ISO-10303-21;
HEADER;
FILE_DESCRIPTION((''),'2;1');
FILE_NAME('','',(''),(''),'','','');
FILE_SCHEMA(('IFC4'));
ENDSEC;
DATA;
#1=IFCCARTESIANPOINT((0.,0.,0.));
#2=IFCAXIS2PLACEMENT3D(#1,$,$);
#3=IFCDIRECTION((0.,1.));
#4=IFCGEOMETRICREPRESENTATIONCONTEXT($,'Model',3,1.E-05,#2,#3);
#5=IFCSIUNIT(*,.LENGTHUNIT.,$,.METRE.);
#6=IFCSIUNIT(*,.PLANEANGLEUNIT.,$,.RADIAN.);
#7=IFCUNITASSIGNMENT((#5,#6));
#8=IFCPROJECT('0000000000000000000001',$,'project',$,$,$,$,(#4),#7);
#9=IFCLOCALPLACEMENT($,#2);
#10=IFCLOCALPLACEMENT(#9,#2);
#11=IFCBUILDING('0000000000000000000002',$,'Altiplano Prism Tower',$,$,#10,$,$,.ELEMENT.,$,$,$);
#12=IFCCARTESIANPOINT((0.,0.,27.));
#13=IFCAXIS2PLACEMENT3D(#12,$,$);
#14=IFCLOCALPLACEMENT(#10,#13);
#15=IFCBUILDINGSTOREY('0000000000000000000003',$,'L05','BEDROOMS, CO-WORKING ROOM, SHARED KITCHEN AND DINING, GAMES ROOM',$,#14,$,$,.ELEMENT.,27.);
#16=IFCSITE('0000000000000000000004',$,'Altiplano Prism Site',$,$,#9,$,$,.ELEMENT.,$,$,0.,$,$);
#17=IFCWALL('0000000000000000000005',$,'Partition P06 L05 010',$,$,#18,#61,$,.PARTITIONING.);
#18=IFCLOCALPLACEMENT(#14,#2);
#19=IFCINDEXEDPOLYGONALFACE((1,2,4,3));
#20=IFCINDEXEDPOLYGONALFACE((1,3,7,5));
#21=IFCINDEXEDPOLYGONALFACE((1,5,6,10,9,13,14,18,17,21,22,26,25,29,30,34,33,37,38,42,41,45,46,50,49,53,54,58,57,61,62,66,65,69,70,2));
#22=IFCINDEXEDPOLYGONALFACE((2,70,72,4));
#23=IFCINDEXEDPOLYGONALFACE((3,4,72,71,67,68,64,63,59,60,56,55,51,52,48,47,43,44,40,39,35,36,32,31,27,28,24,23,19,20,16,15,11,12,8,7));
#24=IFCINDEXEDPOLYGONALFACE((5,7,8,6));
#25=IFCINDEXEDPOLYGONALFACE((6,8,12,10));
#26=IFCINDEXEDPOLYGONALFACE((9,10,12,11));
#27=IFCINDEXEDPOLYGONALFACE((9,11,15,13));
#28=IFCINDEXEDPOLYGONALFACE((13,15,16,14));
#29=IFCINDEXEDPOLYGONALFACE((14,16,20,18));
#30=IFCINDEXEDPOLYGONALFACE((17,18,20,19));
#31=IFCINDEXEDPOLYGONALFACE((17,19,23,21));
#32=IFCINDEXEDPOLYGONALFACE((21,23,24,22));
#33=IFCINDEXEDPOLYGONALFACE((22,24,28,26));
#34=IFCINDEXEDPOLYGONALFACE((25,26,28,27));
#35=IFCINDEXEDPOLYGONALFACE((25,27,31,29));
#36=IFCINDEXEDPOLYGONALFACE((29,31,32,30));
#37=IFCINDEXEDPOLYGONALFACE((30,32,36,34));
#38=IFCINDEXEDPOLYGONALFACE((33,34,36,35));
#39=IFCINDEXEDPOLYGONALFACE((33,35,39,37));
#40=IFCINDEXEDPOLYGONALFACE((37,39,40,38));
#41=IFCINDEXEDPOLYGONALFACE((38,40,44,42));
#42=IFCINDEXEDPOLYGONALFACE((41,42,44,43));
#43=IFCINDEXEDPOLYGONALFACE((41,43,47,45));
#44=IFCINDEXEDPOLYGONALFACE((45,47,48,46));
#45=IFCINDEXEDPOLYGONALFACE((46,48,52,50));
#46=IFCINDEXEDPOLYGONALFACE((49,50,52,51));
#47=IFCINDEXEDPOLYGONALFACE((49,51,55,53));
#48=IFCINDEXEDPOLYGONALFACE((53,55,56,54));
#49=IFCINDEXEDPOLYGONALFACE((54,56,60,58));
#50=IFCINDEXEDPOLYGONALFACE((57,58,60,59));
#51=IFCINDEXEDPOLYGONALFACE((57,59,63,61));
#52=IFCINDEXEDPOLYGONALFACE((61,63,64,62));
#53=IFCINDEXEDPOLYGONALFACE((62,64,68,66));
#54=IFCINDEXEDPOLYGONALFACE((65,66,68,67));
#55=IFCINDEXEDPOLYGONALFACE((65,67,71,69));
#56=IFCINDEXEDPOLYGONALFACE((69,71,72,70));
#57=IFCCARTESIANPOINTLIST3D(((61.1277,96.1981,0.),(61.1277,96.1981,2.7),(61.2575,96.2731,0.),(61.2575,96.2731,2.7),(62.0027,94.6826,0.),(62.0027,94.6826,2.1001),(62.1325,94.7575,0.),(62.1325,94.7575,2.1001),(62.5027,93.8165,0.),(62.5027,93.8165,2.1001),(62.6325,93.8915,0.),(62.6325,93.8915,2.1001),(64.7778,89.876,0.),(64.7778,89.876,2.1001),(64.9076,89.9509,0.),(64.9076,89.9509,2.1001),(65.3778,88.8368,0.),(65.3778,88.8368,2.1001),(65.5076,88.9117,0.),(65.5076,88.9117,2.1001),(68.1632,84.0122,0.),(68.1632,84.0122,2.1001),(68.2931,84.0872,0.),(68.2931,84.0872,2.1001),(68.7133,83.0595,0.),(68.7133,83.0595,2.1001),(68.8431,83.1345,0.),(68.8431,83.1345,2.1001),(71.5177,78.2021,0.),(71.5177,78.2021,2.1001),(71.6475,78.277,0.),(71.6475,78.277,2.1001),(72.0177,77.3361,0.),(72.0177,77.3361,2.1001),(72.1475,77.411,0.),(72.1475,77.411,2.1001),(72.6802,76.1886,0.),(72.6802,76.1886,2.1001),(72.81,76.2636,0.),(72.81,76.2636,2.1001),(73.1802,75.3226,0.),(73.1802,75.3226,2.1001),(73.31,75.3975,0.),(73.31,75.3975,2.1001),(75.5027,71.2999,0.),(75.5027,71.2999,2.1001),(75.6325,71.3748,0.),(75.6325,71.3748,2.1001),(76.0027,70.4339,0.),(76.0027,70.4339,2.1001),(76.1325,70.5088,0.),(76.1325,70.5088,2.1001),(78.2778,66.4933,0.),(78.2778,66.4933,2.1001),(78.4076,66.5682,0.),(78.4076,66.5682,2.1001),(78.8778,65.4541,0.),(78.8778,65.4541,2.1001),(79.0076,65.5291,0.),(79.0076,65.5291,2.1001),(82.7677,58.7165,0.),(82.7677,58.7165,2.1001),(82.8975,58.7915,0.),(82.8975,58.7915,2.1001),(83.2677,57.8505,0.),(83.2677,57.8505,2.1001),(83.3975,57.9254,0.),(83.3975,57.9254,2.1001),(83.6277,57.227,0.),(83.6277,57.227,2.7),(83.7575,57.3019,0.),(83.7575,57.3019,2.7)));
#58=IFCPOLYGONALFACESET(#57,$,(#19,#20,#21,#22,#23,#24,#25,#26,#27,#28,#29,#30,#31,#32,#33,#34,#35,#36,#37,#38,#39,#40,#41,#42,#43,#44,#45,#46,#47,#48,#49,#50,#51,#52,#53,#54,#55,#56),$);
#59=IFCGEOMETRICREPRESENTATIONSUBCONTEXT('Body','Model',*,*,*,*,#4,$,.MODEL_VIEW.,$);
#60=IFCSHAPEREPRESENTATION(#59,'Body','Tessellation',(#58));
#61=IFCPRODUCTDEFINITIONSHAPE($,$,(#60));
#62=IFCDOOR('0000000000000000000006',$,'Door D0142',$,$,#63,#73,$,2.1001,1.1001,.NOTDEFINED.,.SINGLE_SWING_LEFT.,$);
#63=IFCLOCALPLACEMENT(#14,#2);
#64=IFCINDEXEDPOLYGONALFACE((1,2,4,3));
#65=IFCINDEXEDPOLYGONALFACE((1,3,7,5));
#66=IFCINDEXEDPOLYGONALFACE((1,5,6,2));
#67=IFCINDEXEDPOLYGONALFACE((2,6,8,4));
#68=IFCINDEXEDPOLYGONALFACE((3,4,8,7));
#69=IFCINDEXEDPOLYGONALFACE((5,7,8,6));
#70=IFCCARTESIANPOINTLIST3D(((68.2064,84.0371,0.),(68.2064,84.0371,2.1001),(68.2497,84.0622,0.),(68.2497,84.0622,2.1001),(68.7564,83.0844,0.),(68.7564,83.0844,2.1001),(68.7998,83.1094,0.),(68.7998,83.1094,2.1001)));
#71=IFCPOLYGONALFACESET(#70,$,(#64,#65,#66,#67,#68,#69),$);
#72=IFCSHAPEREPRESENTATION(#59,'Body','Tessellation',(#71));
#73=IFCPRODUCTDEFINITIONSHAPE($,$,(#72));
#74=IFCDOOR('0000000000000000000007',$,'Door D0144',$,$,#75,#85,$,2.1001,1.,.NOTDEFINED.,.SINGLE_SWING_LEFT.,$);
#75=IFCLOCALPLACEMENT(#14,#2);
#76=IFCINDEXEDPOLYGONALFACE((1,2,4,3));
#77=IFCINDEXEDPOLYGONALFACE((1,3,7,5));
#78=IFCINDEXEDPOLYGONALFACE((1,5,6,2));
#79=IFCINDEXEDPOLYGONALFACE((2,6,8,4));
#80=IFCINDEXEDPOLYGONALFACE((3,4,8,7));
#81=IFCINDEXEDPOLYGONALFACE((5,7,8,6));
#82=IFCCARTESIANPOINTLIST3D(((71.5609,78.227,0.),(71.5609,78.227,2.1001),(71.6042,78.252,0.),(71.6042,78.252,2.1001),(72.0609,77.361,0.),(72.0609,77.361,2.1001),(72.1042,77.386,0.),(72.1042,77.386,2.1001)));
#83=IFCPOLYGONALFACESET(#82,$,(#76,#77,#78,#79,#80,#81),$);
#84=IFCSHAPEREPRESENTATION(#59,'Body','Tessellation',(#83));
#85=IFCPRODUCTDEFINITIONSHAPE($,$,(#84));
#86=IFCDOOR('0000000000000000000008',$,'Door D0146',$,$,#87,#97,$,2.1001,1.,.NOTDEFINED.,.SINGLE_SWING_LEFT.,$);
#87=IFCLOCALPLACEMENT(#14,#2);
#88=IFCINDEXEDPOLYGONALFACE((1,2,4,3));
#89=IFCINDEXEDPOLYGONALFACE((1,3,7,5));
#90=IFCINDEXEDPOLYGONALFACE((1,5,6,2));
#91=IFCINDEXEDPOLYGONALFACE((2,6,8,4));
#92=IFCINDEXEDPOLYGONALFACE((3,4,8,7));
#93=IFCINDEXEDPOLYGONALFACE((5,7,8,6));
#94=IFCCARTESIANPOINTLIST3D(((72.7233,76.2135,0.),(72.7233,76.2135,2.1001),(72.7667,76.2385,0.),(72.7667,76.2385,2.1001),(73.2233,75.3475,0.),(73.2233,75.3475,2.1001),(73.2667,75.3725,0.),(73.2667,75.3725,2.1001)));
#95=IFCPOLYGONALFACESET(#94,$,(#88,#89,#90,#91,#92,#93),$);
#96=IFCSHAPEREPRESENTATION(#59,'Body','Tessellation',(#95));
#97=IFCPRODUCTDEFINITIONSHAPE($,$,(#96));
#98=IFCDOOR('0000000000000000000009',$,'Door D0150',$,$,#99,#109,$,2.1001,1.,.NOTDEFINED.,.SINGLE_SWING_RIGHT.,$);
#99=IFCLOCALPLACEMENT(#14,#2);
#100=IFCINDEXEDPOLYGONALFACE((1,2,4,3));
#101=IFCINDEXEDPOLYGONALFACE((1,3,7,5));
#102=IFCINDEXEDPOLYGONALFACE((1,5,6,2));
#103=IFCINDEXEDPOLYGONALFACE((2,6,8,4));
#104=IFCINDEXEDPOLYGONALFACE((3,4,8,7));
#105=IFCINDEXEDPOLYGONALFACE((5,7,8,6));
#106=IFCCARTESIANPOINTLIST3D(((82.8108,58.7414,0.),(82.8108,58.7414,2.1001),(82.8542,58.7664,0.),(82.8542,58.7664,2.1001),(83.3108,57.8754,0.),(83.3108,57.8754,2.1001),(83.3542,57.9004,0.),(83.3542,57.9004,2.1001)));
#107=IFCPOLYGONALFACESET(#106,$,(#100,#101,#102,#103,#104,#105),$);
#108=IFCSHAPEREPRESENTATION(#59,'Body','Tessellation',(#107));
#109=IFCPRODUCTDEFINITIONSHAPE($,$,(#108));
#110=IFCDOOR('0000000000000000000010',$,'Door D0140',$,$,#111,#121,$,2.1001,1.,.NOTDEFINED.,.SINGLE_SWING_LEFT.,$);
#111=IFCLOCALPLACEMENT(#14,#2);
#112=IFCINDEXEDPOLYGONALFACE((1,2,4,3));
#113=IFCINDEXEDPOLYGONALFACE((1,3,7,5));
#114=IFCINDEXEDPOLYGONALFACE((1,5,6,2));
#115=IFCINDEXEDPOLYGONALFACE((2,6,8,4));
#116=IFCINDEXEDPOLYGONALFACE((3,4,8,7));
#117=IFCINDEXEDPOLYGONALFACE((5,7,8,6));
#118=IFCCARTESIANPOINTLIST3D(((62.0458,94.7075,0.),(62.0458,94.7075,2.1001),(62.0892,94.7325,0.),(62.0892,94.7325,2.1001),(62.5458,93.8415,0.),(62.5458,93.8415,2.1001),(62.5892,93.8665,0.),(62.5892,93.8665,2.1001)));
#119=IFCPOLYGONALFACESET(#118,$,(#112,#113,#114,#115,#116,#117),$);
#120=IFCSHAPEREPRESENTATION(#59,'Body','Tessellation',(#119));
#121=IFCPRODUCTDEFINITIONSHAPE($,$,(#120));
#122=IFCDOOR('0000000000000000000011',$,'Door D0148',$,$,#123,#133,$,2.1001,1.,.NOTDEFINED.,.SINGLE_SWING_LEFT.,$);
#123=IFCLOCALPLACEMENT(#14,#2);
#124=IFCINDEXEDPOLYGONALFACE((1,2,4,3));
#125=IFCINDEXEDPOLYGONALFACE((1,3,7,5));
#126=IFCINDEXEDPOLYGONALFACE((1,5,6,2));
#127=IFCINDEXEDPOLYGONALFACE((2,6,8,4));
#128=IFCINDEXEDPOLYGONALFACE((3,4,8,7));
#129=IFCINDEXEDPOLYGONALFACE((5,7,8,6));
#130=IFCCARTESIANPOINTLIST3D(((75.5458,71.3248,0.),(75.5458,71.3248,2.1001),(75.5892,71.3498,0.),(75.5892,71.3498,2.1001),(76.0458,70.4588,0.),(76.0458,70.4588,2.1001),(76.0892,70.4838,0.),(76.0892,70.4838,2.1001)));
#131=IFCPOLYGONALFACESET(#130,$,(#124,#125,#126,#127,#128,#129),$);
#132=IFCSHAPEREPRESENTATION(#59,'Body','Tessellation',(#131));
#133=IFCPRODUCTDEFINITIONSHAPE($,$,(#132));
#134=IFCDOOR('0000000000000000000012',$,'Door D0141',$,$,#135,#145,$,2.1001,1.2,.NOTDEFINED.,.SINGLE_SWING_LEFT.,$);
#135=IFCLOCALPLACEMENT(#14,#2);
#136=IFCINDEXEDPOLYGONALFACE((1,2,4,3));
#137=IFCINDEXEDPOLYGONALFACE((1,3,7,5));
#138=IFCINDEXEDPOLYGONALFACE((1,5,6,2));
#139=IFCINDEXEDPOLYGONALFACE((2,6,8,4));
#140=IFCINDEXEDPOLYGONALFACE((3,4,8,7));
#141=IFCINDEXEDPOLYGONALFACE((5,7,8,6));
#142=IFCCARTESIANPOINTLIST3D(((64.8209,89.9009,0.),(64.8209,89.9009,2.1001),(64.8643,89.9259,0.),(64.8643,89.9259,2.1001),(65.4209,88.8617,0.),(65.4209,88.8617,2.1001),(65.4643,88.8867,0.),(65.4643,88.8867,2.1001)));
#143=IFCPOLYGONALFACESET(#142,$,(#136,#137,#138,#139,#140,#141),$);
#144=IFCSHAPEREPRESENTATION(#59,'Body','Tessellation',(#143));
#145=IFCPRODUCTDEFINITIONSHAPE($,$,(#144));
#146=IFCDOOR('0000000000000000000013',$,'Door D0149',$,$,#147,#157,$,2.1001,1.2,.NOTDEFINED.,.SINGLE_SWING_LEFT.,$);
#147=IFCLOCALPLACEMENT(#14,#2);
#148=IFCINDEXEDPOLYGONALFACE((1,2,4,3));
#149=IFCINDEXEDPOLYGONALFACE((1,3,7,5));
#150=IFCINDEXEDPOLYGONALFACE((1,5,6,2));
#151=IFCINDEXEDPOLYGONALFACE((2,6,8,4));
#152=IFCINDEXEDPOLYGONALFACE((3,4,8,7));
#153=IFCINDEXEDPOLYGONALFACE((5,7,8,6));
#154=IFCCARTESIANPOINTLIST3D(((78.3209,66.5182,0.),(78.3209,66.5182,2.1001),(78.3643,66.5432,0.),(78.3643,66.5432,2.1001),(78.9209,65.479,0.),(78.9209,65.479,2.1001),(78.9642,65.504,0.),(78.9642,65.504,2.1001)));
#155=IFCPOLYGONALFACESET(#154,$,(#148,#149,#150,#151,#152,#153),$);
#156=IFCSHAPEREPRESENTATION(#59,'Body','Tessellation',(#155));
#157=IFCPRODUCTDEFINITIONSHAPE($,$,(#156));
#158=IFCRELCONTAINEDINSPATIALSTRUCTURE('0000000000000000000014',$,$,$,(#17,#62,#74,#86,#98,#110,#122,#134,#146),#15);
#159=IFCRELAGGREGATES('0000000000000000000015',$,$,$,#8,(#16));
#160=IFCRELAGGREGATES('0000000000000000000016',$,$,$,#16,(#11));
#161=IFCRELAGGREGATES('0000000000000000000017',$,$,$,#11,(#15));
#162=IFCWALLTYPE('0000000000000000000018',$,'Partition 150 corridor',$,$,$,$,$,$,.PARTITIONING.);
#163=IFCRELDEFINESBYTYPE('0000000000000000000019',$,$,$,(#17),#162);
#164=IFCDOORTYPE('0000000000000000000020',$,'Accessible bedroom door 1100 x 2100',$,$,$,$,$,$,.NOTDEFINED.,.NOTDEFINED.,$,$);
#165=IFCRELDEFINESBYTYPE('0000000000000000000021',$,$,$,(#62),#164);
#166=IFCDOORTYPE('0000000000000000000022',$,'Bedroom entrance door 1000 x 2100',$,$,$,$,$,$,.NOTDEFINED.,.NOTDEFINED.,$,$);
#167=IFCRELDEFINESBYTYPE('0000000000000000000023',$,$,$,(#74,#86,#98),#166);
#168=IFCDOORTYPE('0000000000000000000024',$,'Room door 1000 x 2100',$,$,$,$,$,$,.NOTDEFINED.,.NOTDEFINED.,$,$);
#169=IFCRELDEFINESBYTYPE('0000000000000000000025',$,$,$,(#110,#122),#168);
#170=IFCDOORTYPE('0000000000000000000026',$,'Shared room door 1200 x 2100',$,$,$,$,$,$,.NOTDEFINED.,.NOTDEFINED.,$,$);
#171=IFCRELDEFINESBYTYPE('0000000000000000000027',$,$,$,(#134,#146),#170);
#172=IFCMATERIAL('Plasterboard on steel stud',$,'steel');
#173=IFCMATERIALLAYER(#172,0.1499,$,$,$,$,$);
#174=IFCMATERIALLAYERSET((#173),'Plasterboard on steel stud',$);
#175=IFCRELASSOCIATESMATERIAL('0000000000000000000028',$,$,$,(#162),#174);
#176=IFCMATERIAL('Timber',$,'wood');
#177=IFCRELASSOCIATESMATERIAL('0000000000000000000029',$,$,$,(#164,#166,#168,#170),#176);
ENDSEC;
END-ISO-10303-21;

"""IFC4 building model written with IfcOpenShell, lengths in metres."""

from ifc_helpers import new_model, si_unit, direction, frame, frame_2d, origin, place, context, subcontext, project, spatial, rectangle, extrude, material, layer, layer_set, type_object, element, fill, save


model = new_model("IFC4")

# Units and contexts
model_context = context("Model", 3, precision=1e-05, world=origin(), true_north=direction((0.0, 1.0)))
body_context = subcontext(model_context, "Body", "Model", "MODEL_VIEW")
ifc_project = project(units=[si_unit("LENGTHUNIT", "METRE"), si_unit("PLANEANGLEUNIT", "RADIAN")], contexts=[model_context])

# Site, building, storey
site_placement = place(None, origin())
site = spatial("IfcSite", under=ifc_project, at=site_placement, Name="Altiplano Prism Site", CompositionType="ELEMENT", RefElevation=0.0)
building_placement = place(site_placement, origin())
building = spatial("IfcBuilding", under=site, at=building_placement, Name="Altiplano Prism Tower", CompositionType="ELEMENT")
storey_placement = place(building_placement, frame((0.0, 0.0, 27.0)))
storey = spatial("IfcBuildingStorey", under=building, at=storey_placement, Name="L05", Description="BEDROOMS, CO-WORKING ROOM, SHARED KITCHEN AND DINING, GAMES ROOM", CompositionType="ELEMENT", Elevation=27.0)

# Shared definitions
ifc_material_1 = material(Name="Plasterboard on steel stud", Category="steel")
ifc_layer_1 = layer(ifc_material_1, 0.1499)
ifc_layer_set_1 = layer_set([ifc_layer_1], Name="Plasterboard on steel stud")
wall_type_1 = type_object("IfcWallType", Name="Partition 150 corridor", PredefinedType="PARTITIONING", material=ifc_layer_set_1)

# Wall, openings, doors
wall_1_placement = place(storey_placement, frame((61.1926, 96.2356, 0.0), z_axis=(0.0, 0.0, 1.0), x_axis=(0.5, -0.866026, 0.0)))
wall_1 = element("IfcWall", 1, at=wall_1_placement, inside=storey, type_object=wall_type_1, Name="Partition P06 L05 010", PredefinedType="PARTITIONING", context=body_context, shape_type="SweptSolid", body=[
    extrude(rectangle(XDim=45.0, YDim=0.1499, at=frame_2d((22.5, 0.0))), origin(), (0.0, 0.0, 1.0), 2.7),
])
opening_1_placement = place(wall_1_placement, frame((1.75, 0.0, 0.0)))
opening_1 = element("IfcOpeningElement", 2, at=opening_1_placement, cuts=wall_1, PredefinedType="OPENING", context=body_context, shape_type="SweptSolid", body=[
    extrude(rectangle(XDim=1.0, YDim=2.1001, at=frame_2d((0.5, 1.05))), frame((0.0, 0.0854, 0.0), z_axis=(0.0, -1.0, 0.0), x_axis=(1.0, 0.0, 0.0)), (0.0, 0.0, 1.0), 0.1709),
])
opening_2_placement = place(wall_1_placement, frame((7.3, 0.0, 0.0)))
opening_2 = element("IfcOpeningElement", 3, at=opening_2_placement, cuts=wall_1, PredefinedType="OPENING", context=body_context, shape_type="SweptSolid", body=[
    extrude(rectangle(XDim=1.2, YDim=2.1001, at=frame_2d((0.6001, 1.05))), frame((0.0, 0.0854, 0.0), z_axis=(0.0, -1.0, 0.0), x_axis=(1.0, 0.0, 0.0)), (0.0, 0.0, 1.0), 0.1709),
])
opening_3_placement = place(wall_1_placement, frame((14.071, 0.0, 0.0)))
opening_3 = element("IfcOpeningElement", 4, at=opening_3_placement, cuts=wall_1, PredefinedType="OPENING", context=body_context, shape_type="SweptSolid", body=[
    extrude(rectangle(XDim=1.1001, YDim=2.1001, at=frame_2d((0.55, 1.05))), frame((0.0, 0.0854, 0.0), z_axis=(0.0, -1.0, 0.0), x_axis=(1.0, 0.0, 0.0)), (0.0, 0.0, 1.0), 0.1709),
])
opening_4_placement = place(wall_1_placement, frame((20.78, 0.0, 0.0)))
opening_4 = element("IfcOpeningElement", 5, at=opening_4_placement, cuts=wall_1, PredefinedType="OPENING", context=body_context, shape_type="SweptSolid", body=[
    extrude(rectangle(XDim=1.0, YDim=2.1001, at=frame_2d((0.5, 1.05))), frame((0.0, 0.0854, 0.0), z_axis=(0.0, -1.0, 0.0), x_axis=(1.0, 0.0, 0.0)), (0.0, 0.0, 1.0), 0.1709),
])
opening_5_placement = place(wall_1_placement, frame((23.105, 0.0, 0.0)))
opening_5 = element("IfcOpeningElement", 6, at=opening_5_placement, cuts=wall_1, PredefinedType="OPENING", context=body_context, shape_type="SweptSolid", body=[
    extrude(rectangle(XDim=1.0, YDim=2.1001, at=frame_2d((0.5, 1.05))), frame((0.0, 0.0854, 0.0), z_axis=(0.0, -1.0, 0.0), x_axis=(1.0, 0.0, 0.0)), (0.0, 0.0, 1.0), 0.1709),
])
opening_6_placement = place(wall_1_placement, frame((28.75, 0.0, 0.0)))
opening_6 = element("IfcOpeningElement", 7, at=opening_6_placement, cuts=wall_1, PredefinedType="OPENING", context=body_context, shape_type="SweptSolid", body=[
    extrude(rectangle(XDim=1.0, YDim=2.1001, at=frame_2d((0.5, 1.05))), frame((0.0, 0.0854, 0.0), z_axis=(0.0, -1.0, 0.0), x_axis=(1.0, 0.0, 0.0)), (0.0, 0.0, 1.0), 0.1709),
])
opening_7_placement = place(wall_1_placement, frame((34.3, 0.0, 0.0)))
opening_7 = element("IfcOpeningElement", 8, at=opening_7_placement, cuts=wall_1, PredefinedType="OPENING", context=body_context, shape_type="SweptSolid", body=[
    extrude(rectangle(XDim=1.2, YDim=2.1001, at=frame_2d((0.6001, 1.05))), frame((0.0, 0.0854, 0.0), z_axis=(0.0, -1.0, 0.0), x_axis=(1.0, 0.0, 0.0)), (0.0, 0.0, 1.0), 0.1709),
])
opening_8_placement = place(wall_1_placement, frame((43.28, 0.0, 0.0)))
opening_8 = element("IfcOpeningElement", 9, at=opening_8_placement, cuts=wall_1, PredefinedType="OPENING", context=body_context, shape_type="SweptSolid", body=[
    extrude(rectangle(XDim=1.0, YDim=2.1001, at=frame_2d((0.5, 1.05))), frame((0.0, 0.0854, 0.0), z_axis=(0.0, -1.0, 0.0), x_axis=(1.0, 0.0, 0.0)), (0.0, 0.0, 1.0), 0.1709),
])
ifc_material_2 = material(Name="Timber", Category="wood")
door_type_1 = type_object("IfcDoorType", Name="Accessible bedroom door 1100 x 2100", OperationType="NOTDEFINED", PredefinedType="NOTDEFINED", material=ifc_material_2)
door_1_placement = place(opening_3_placement, origin())
door_1 = element("IfcDoor", 10, at=door_1_placement, inside=storey, type_object=door_type_1, Name="Door D0142", OperationType="SINGLE_SWING_LEFT", OverallHeight=2.1001, OverallWidth=1.1001, PredefinedType="NOTDEFINED", context=body_context, shape_type="SweptSolid", body=[
    extrude(rectangle(XDim=1.1001, YDim=2.1001, at=frame_2d((0.55, 1.05))), frame((0.0, 0.0249, 0.0), z_axis=(0.0, -1.0, 0.0), x_axis=(1.0, 0.0, 0.0)), (0.0, 0.0, 1.0), 0.05),
])
fill(opening_3, door_1)
door_type_2 = type_object("IfcDoorType", Name="Bedroom entrance door 1000 x 2100", OperationType="NOTDEFINED", PredefinedType="NOTDEFINED", material=ifc_material_2)
door_2_placement = place(opening_4_placement, origin())
door_2 = element("IfcDoor", 11, at=door_2_placement, inside=storey, type_object=door_type_2, Name="Door D0144", OperationType="SINGLE_SWING_LEFT", OverallHeight=2.1001, OverallWidth=1.0, PredefinedType="NOTDEFINED", context=body_context, shape_type="SweptSolid", body=[
    extrude(rectangle(XDim=1.0, YDim=2.1001, at=frame_2d((0.5, 1.05))), frame((0.0, 0.0249, 0.0), z_axis=(0.0, -1.0, 0.0), x_axis=(1.0, 0.0, 0.0)), (0.0, 0.0, 1.0), 0.05),
])
fill(opening_4, door_2)
door_3_placement = place(opening_5_placement, origin())
door_3 = element("IfcDoor", 12, at=door_3_placement, inside=storey, type_object=door_type_2, Name="Door D0146", OperationType="SINGLE_SWING_LEFT", OverallHeight=2.1001, OverallWidth=1.0, PredefinedType="NOTDEFINED", context=body_context, shape_type="SweptSolid", body=[
    extrude(rectangle(XDim=1.0, YDim=2.1001, at=frame_2d((0.5, 1.05))), frame((0.0, 0.0249, 0.0), z_axis=(0.0, -1.0, 0.0), x_axis=(1.0, 0.0, 0.0)), (0.0, 0.0, 1.0), 0.05),
])
fill(opening_5, door_3)
door_4_placement = place(opening_8_placement, origin())
door_4 = element("IfcDoor", 13, at=door_4_placement, inside=storey, type_object=door_type_2, Name="Door D0150", OperationType="SINGLE_SWING_RIGHT", OverallHeight=2.1001, OverallWidth=1.0, PredefinedType="NOTDEFINED", context=body_context, shape_type="SweptSolid", body=[
    extrude(rectangle(XDim=1.0, YDim=2.1001, at=frame_2d((0.5, 1.05))), frame((0.0, 0.0249, 0.0), z_axis=(0.0, -1.0, 0.0), x_axis=(1.0, 0.0, 0.0)), (0.0, 0.0, 1.0), 0.05),
])
fill(opening_8, door_4)
door_type_3 = type_object("IfcDoorType", Name="Room door 1000 x 2100", OperationType="NOTDEFINED", PredefinedType="NOTDEFINED", material=ifc_material_2)
door_5_placement = place(opening_1_placement, origin())
door_5 = element("IfcDoor", 14, at=door_5_placement, inside=storey, type_object=door_type_3, Name="Door D0140", OperationType="SINGLE_SWING_LEFT", OverallHeight=2.1001, OverallWidth=1.0, PredefinedType="NOTDEFINED", context=body_context, shape_type="SweptSolid", body=[
    extrude(rectangle(XDim=1.0, YDim=2.1001, at=frame_2d((0.5, 1.05))), frame((0.0, 0.0249, 0.0), z_axis=(0.0, -1.0, 0.0), x_axis=(1.0, 0.0, 0.0)), (0.0, 0.0, 1.0), 0.05),
])
fill(opening_1, door_5)
door_6_placement = place(opening_6_placement, origin())
door_6 = element("IfcDoor", 15, at=door_6_placement, inside=storey, type_object=door_type_3, Name="Door D0148", OperationType="SINGLE_SWING_LEFT", OverallHeight=2.1001, OverallWidth=1.0, PredefinedType="NOTDEFINED", context=body_context, shape_type="SweptSolid", body=[
    extrude(rectangle(XDim=1.0, YDim=2.1001, at=frame_2d((0.5, 1.05))), frame((0.0, 0.0249, 0.0), z_axis=(0.0, -1.0, 0.0), x_axis=(1.0, 0.0, 0.0)), (0.0, 0.0, 1.0), 0.05),
])
fill(opening_6, door_6)
door_type_4 = type_object("IfcDoorType", Name="Shared room door 1200 x 2100", OperationType="NOTDEFINED", PredefinedType="NOTDEFINED", material=ifc_material_2)
door_7_placement = place(opening_2_placement, origin())
door_7 = element("IfcDoor", 16, at=door_7_placement, inside=storey, type_object=door_type_4, Name="Door D0141", OperationType="SINGLE_SWING_LEFT", OverallHeight=2.1001, OverallWidth=1.2, PredefinedType="NOTDEFINED", context=body_context, shape_type="SweptSolid", body=[
    extrude(rectangle(XDim=1.2, YDim=2.1001, at=frame_2d((0.6001, 1.05))), frame((0.0, 0.0249, 0.0), z_axis=(0.0, -1.0, 0.0), x_axis=(1.0, 0.0, 0.0)), (0.0, 0.0, 1.0), 0.05),
])
fill(opening_2, door_7)
door_8_placement = place(opening_7_placement, origin())
door_8 = element("IfcDoor", 17, at=door_8_placement, inside=storey, type_object=door_type_4, Name="Door D0149", OperationType="SINGLE_SWING_LEFT", OverallHeight=2.1001, OverallWidth=1.2, PredefinedType="NOTDEFINED", context=body_context, shape_type="SweptSolid", body=[
    extrude(rectangle(XDim=1.2, YDim=2.1001, at=frame_2d((0.6001, 1.05))), frame((0.0, 0.0249, 0.0), z_axis=(0.0, -1.0, 0.0), x_axis=(1.0, 0.0, 0.0)), (0.0, 0.0, 1.0), 0.05),
])
fill(opening_7, door_8)

save(model, "model.ifc")
